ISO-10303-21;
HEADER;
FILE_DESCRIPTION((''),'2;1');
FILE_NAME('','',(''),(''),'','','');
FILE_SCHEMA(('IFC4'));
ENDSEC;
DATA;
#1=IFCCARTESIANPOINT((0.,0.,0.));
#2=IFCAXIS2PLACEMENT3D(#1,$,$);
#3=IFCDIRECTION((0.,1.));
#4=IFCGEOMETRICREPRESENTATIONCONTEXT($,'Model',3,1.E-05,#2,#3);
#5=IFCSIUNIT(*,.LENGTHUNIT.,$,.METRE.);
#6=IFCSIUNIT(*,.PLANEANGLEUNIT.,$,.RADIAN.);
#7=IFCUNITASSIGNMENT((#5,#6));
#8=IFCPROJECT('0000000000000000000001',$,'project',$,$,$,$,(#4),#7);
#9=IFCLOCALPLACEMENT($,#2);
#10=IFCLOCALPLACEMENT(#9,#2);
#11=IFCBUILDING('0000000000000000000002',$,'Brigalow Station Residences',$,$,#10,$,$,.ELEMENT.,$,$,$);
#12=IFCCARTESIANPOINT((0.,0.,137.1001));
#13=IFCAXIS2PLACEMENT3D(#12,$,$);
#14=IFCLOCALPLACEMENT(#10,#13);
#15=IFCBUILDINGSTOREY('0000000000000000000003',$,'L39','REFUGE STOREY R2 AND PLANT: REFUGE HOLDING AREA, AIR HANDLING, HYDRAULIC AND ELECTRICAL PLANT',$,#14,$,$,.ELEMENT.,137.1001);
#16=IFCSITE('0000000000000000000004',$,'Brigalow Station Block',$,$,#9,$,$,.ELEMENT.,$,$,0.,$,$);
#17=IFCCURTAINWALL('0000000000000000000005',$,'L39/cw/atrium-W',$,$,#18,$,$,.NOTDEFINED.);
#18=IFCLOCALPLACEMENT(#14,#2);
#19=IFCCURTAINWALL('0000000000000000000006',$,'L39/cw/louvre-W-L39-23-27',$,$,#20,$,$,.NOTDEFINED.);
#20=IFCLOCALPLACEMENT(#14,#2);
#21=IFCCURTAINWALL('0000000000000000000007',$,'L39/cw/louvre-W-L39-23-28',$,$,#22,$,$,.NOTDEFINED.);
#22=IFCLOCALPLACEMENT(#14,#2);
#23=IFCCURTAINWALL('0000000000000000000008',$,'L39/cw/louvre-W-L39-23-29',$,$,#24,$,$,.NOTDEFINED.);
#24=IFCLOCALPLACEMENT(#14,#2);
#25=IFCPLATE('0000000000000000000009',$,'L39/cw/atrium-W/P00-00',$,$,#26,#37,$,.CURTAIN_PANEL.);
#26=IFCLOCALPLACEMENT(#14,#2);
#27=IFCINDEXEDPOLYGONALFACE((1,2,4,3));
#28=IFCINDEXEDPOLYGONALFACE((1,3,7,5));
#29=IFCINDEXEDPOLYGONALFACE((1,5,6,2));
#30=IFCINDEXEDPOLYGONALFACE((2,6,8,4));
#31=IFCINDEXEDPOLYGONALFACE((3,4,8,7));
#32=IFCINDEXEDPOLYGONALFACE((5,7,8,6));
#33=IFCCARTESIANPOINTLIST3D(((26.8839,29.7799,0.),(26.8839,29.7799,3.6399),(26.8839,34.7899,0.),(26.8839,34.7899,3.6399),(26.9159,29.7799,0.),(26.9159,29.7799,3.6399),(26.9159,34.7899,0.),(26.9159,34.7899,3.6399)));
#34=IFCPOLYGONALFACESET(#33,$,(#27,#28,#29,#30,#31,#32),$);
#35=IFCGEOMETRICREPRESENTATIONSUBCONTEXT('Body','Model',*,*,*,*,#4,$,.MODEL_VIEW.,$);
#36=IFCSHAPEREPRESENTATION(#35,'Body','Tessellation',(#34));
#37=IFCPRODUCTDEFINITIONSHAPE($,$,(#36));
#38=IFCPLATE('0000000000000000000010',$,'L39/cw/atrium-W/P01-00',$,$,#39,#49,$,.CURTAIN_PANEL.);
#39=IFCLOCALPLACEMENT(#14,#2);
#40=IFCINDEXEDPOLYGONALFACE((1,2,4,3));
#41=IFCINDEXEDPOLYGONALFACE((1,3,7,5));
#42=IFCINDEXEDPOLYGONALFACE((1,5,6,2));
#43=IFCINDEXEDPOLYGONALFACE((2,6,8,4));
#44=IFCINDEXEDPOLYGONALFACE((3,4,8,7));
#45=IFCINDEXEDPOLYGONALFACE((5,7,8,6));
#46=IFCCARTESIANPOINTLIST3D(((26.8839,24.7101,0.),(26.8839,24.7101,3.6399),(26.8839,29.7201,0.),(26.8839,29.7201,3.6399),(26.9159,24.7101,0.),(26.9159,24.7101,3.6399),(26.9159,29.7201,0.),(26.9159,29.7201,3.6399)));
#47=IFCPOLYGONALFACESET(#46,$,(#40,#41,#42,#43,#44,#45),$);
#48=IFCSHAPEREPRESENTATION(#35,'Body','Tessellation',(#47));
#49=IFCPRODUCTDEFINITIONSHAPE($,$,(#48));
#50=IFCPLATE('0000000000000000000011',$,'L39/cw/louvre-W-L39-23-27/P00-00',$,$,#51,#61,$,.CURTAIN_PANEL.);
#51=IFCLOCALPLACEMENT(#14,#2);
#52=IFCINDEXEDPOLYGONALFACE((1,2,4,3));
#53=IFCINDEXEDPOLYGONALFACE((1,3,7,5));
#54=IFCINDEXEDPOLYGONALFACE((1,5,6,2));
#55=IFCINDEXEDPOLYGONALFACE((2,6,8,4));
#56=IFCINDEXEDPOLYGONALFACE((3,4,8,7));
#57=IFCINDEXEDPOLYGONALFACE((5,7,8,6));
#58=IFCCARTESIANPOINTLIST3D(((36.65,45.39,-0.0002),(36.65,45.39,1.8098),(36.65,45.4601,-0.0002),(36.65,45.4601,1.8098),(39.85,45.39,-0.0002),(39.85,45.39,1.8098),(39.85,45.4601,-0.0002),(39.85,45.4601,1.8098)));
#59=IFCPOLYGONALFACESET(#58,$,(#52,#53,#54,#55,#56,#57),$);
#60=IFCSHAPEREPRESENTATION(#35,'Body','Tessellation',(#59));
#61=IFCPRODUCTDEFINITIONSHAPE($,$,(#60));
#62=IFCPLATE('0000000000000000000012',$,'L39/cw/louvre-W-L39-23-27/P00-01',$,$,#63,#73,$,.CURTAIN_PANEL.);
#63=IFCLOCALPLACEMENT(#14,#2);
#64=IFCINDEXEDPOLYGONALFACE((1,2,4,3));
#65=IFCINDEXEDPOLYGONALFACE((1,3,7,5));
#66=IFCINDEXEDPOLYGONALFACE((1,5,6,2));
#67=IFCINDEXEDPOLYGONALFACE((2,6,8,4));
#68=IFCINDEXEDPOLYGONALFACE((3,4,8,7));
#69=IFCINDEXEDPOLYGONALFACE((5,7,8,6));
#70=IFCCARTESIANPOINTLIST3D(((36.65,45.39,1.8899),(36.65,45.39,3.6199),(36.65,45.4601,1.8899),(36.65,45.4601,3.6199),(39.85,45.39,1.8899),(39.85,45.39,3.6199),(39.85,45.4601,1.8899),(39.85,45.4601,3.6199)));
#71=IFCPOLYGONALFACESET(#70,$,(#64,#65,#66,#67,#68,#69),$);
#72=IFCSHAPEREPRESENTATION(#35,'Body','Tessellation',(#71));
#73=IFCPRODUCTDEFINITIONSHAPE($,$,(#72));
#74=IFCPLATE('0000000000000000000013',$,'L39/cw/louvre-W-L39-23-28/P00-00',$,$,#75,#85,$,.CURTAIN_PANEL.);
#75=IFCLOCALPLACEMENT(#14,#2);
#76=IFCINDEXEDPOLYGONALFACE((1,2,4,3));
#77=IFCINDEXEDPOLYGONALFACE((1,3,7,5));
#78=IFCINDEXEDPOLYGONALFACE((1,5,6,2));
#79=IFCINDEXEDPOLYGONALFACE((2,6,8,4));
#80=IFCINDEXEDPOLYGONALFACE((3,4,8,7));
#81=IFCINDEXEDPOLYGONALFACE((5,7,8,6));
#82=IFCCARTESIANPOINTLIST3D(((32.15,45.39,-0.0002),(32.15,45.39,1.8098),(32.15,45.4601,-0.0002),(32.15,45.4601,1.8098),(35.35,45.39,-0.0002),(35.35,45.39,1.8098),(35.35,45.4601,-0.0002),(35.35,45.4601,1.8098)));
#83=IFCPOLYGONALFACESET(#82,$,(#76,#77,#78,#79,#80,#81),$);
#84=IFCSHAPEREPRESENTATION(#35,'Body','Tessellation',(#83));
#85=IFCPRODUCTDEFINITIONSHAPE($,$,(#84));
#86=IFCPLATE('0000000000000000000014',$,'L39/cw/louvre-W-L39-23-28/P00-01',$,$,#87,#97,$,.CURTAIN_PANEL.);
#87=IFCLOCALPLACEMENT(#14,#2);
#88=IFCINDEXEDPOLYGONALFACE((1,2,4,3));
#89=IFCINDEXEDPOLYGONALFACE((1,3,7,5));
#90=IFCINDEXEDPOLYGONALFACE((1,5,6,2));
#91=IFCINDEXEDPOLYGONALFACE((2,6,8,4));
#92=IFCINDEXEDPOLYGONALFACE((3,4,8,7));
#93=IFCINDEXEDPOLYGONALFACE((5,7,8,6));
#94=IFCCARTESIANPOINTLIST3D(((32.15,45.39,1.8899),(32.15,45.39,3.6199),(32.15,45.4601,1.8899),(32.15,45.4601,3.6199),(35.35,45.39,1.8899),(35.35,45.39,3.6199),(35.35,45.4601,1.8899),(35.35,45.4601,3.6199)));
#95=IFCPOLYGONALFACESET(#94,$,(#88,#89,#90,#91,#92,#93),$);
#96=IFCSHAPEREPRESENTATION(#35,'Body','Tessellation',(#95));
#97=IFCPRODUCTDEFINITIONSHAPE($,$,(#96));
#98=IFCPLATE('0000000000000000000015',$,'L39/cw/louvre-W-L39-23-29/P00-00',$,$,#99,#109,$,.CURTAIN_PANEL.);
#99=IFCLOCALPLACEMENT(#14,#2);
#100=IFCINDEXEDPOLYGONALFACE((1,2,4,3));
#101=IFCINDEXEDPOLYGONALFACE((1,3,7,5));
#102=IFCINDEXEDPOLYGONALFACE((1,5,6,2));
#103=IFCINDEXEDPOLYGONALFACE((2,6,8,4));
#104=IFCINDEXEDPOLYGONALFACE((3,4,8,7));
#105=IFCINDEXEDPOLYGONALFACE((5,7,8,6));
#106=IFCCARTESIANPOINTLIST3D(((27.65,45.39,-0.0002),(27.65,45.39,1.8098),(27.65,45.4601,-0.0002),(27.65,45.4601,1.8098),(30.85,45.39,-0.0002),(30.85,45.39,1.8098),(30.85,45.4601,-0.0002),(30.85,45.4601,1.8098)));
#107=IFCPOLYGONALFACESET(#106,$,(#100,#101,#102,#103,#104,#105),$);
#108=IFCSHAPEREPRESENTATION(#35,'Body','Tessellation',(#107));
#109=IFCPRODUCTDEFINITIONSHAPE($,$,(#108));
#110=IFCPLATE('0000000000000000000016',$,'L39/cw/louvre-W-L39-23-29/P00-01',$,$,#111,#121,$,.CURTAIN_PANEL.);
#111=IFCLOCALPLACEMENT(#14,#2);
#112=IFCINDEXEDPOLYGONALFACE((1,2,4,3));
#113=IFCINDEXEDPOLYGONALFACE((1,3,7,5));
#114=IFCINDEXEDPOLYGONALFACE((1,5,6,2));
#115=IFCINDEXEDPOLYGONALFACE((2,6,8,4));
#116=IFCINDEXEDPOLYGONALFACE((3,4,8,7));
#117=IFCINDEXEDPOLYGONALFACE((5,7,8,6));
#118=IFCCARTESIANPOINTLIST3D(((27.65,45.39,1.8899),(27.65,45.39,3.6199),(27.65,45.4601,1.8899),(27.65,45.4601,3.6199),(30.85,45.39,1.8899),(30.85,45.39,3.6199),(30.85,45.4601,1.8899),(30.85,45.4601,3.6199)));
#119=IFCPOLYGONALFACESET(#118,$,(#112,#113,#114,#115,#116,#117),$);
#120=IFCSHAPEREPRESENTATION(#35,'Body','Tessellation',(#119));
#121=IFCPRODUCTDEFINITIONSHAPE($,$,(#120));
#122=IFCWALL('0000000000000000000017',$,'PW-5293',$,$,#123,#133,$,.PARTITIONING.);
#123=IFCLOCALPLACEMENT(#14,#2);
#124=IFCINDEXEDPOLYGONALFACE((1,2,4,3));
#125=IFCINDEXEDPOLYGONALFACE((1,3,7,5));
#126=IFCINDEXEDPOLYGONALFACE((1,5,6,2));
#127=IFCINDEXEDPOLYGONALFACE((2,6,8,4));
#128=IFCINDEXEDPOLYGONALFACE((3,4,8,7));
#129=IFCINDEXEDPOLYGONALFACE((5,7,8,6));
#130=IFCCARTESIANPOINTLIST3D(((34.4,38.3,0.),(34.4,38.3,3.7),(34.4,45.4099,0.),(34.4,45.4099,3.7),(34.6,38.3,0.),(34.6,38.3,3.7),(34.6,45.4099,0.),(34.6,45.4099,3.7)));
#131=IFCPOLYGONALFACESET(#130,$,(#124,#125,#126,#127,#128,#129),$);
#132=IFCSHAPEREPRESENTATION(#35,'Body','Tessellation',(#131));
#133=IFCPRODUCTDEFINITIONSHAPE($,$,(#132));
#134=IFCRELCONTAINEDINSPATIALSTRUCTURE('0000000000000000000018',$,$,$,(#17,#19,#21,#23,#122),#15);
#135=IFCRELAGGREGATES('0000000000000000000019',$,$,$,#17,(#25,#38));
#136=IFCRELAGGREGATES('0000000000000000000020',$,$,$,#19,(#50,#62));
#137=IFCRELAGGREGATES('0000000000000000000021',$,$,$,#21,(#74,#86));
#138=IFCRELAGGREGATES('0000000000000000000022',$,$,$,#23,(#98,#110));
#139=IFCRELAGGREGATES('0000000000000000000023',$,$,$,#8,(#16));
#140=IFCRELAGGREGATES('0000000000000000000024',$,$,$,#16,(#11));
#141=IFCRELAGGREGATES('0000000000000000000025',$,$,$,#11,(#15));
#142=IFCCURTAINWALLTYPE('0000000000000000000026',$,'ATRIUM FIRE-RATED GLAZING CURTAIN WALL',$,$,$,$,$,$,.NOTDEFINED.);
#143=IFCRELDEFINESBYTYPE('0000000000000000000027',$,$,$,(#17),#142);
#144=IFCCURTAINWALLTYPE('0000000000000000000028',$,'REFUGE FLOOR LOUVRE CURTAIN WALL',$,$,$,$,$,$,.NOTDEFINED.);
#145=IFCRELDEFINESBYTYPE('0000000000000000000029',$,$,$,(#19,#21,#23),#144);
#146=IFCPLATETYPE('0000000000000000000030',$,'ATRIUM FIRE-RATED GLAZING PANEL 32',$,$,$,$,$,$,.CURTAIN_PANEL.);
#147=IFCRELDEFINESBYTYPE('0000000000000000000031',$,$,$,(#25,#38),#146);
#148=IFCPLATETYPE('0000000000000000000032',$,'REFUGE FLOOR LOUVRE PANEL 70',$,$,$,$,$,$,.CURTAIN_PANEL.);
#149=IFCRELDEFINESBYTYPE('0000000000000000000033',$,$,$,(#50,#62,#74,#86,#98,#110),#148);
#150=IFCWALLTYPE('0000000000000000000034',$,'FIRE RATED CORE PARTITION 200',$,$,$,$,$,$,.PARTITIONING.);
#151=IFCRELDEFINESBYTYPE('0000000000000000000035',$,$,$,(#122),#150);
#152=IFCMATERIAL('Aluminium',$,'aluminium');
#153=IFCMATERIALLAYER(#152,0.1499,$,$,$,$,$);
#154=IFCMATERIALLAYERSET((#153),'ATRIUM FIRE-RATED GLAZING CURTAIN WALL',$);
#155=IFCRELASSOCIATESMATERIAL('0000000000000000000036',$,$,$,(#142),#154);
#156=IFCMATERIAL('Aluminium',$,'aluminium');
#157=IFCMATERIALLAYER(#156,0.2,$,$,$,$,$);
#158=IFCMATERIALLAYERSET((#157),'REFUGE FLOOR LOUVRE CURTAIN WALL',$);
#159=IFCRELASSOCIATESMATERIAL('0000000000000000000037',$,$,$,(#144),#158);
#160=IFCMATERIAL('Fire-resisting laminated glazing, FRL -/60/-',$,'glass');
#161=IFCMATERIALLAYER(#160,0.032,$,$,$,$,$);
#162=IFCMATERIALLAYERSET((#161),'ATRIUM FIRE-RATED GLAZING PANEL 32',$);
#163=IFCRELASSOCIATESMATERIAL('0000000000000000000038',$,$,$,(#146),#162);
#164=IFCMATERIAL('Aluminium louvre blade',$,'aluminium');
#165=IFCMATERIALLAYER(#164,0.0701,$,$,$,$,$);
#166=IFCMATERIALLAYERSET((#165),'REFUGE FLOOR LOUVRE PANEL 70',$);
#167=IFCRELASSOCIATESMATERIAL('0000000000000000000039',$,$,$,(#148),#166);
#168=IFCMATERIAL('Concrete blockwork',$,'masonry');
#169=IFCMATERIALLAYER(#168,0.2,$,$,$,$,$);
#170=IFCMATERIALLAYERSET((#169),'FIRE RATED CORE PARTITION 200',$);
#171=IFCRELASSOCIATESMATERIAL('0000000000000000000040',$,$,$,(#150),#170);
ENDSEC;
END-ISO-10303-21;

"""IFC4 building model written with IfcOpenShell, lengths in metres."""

from ifc_helpers import new_model, si_unit, direction, frame, frame_2d, origin, origin_2d, place, context, subcontext, project, spatial, rectangle, extrude, material, layer, layer_set, type_object, element, aggregate, save


model = new_model("IFC4")

# Units and contexts
model_context = context("Model", 3, precision=1e-05, world=origin(), true_north=direction((0.0, 1.0)))
body_context = subcontext(model_context, "Body", "Model", "MODEL_VIEW")
ifc_project = project(units=[si_unit("LENGTHUNIT", "METRE"), si_unit("PLANEANGLEUNIT", "RADIAN")], contexts=[model_context])

# Site, building, storey
site_placement = place(None, origin())
site = spatial("IfcSite", under=ifc_project, at=site_placement, Name="Brigalow Station Block", CompositionType="ELEMENT", RefElevation=0.0)
building_placement = place(site_placement, origin())
building = spatial("IfcBuilding", under=site, at=building_placement, Name="Brigalow Station Residences", CompositionType="ELEMENT")
storey_placement = place(building_placement, frame((0.0, 0.0, 137.1001)))
storey = spatial("IfcBuildingStorey", under=building, at=storey_placement, Name="L39", Description="REFUGE STOREY R2 AND PLANT: REFUGE HOLDING AREA, AIR HANDLING, HYDRAULIC AND ELECTRICAL PLANT", CompositionType="ELEMENT", Elevation=137.1001)

# Curtain wall
ifc_material_1 = material(Name="Aluminium", Category="aluminium")
ifc_layer_1 = layer(ifc_material_1, 0.1499)
ifc_layer_set_1 = layer_set([ifc_layer_1], Name="ATRIUM FIRE-RATED GLAZING CURTAIN WALL")
curtain_wall_type_1 = type_object("IfcCurtainWallType", Name="ATRIUM FIRE-RATED GLAZING CURTAIN WALL", PredefinedType="NOTDEFINED", material=ifc_layer_set_1)
curtain_wall_1_placement = place(storey_placement, origin())
curtain_wall_1 = element("IfcCurtainWall", 1, at=curtain_wall_1_placement, inside=storey, type_object=curtain_wall_type_1, Name="L39/cw/atrium-W", PredefinedType="NOTDEFINED")

# Curtain wall
ifc_material_2 = material(Name="Aluminium", Category="aluminium")
ifc_layer_2 = layer(ifc_material_2, 0.2)
ifc_layer_set_2 = layer_set([ifc_layer_2], Name="REFUGE FLOOR LOUVRE CURTAIN WALL")
curtain_wall_type_2 = type_object("IfcCurtainWallType", Name="REFUGE FLOOR LOUVRE CURTAIN WALL", PredefinedType="NOTDEFINED", material=ifc_layer_set_2)
curtain_wall_2_placement = place(storey_placement, origin())
curtain_wall_2 = element("IfcCurtainWall", 2, at=curtain_wall_2_placement, inside=storey, type_object=curtain_wall_type_2, Name="L39/cw/louvre-W-L39-23-27", PredefinedType="NOTDEFINED")

# Curtain walls
curtain_wall_3_placement = place(storey_placement, origin())
curtain_wall_3 = element("IfcCurtainWall", 3, at=curtain_wall_3_placement, inside=storey, type_object=curtain_wall_type_2, Name="L39/cw/louvre-W-L39-23-28", PredefinedType="NOTDEFINED")
curtain_wall_4_placement = place(storey_placement, origin())
curtain_wall_4 = element("IfcCurtainWall", 4, at=curtain_wall_4_placement, inside=storey, type_object=curtain_wall_type_2, Name="L39/cw/louvre-W-L39-23-29", PredefinedType="NOTDEFINED")

# Plates
ifc_material_3 = material(Name="Fire-resisting laminated glazing, FRL -/60/-", Category="glass")
ifc_layer_3 = layer(ifc_material_3, 0.032)
ifc_layer_set_3 = layer_set([ifc_layer_3], Name="ATRIUM FIRE-RATED GLAZING PANEL 32")
plate_type_1 = type_object("IfcPlateType", Name="ATRIUM FIRE-RATED GLAZING PANEL 32", PredefinedType="CURTAIN_PANEL", material=ifc_layer_set_3)
plate_1_placement = place(storey_placement, frame((26.8999, 32.2849, 0.0), z_axis=(0.0, 0.0, 1.0), x_axis=(0.0, -1.0, 0.0)))
plate_1 = element("IfcPlate", 5, at=plate_1_placement, type_object=plate_type_1, Name="L39/cw/atrium-W/P00-00", PredefinedType="CURTAIN_PANEL", context=body_context, shape_type="SweptSolid", body=[
    extrude(rectangle(XDim=5.01, YDim=0.032, at=origin_2d()), origin(), (0.0, 0.0, 1.0), 3.6399),
])
plate_2_placement = place(storey_placement, frame((26.8999, 27.2151, 0.0), z_axis=(0.0, 0.0, 1.0), x_axis=(0.0, -1.0, 0.0)))
plate_2 = element("IfcPlate", 6, at=plate_2_placement, type_object=plate_type_1, Name="L39/cw/atrium-W/P01-00", PredefinedType="CURTAIN_PANEL", context=body_context, shape_type="SweptSolid", body=[
    extrude(rectangle(XDim=5.01, YDim=0.032, at=origin_2d()), origin(), (0.0, 0.0, 1.0), 3.6399),
])
aggregate(curtain_wall_1, [plate_1, plate_2])
ifc_material_4 = material(Name="Aluminium louvre blade", Category="aluminium")
ifc_layer_4 = layer(ifc_material_4, 0.0701)
ifc_layer_set_4 = layer_set([ifc_layer_4], Name="REFUGE FLOOR LOUVRE PANEL 70")
plate_type_2 = type_object("IfcPlateType", Name="REFUGE FLOOR LOUVRE PANEL 70", PredefinedType="CURTAIN_PANEL", material=ifc_layer_set_4)
plate_3_placement = place(storey_placement, frame((38.25, 45.425, -0.0002), z_axis=(0.0, 0.0, 1.0), x_axis=(-1.0, 0.0, 0.0)))
plate_3 = element("IfcPlate", 7, at=plate_3_placement, type_object=plate_type_2, Name="L39/cw/louvre-W-L39-23-27/P00-00", PredefinedType="CURTAIN_PANEL", context=body_context, shape_type="SweptSolid", body=[
    extrude(rectangle(XDim=3.2, YDim=0.0701, at=origin_2d()), origin(), (0.0, 0.0, 1.0), 1.8101),
])
plate_4_placement = place(storey_placement, frame((38.25, 45.425, 1.8899), z_axis=(0.0, 0.0, 1.0), x_axis=(-1.0, 0.0, 0.0)))
plate_4 = element("IfcPlate", 8, at=plate_4_placement, type_object=plate_type_2, Name="L39/cw/louvre-W-L39-23-27/P00-01", PredefinedType="CURTAIN_PANEL", context=body_context, shape_type="SweptSolid", body=[
    extrude(rectangle(XDim=3.2, YDim=0.0701, at=origin_2d()), origin(), (0.0, 0.0, 1.0), 1.73),
])
aggregate(curtain_wall_2, [plate_3, plate_4])
plate_5_placement = place(storey_placement, frame((33.75, 45.425, -0.0002), z_axis=(0.0, 0.0, 1.0), x_axis=(-1.0, 0.0, 0.0)))
plate_5 = element("IfcPlate", 9, at=plate_5_placement, type_object=plate_type_2, Name="L39/cw/louvre-W-L39-23-28/P00-00", PredefinedType="CURTAIN_PANEL", context=body_context, shape_type="SweptSolid", body=[
    extrude(rectangle(XDim=3.2, YDim=0.0701, at=origin_2d()), origin(), (0.0, 0.0, 1.0), 1.8101),
])
plate_6_placement = place(storey_placement, frame((33.75, 45.425, 1.8899), z_axis=(0.0, 0.0, 1.0), x_axis=(-1.0, 0.0, 0.0)))
plate_6 = element("IfcPlate", 10, at=plate_6_placement, type_object=plate_type_2, Name="L39/cw/louvre-W-L39-23-28/P00-01", PredefinedType="CURTAIN_PANEL", context=body_context, shape_type="SweptSolid", body=[
    extrude(rectangle(XDim=3.2, YDim=0.0701, at=origin_2d()), origin(), (0.0, 0.0, 1.0), 1.73),
])
aggregate(curtain_wall_3, [plate_5, plate_6])
plate_7_placement = place(storey_placement, frame((29.25, 45.425, -0.0002), z_axis=(0.0, 0.0, 1.0), x_axis=(-1.0, 0.0, 0.0)))
plate_7 = element("IfcPlate", 11, at=plate_7_placement, type_object=plate_type_2, Name="L39/cw/louvre-W-L39-23-29/P00-00", PredefinedType="CURTAIN_PANEL", context=body_context, shape_type="SweptSolid", body=[
    extrude(rectangle(XDim=3.2, YDim=0.0701, at=origin_2d()), origin(), (0.0, 0.0, 1.0), 1.8101),
])
plate_8_placement = place(storey_placement, frame((29.25, 45.425, 1.8899), z_axis=(0.0, 0.0, 1.0), x_axis=(-1.0, 0.0, 0.0)))
plate_8 = element("IfcPlate", 12, at=plate_8_placement, type_object=plate_type_2, Name="L39/cw/louvre-W-L39-23-29/P00-01", PredefinedType="CURTAIN_PANEL", context=body_context, shape_type="SweptSolid", body=[
    extrude(rectangle(XDim=3.2, YDim=0.0701, at=origin_2d()), origin(), (0.0, 0.0, 1.0), 1.73),
])
aggregate(curtain_wall_4, [plate_7, plate_8])

# Wall
ifc_material_5 = material(Name="Concrete blockwork", Category="masonry")
ifc_layer_5 = layer(ifc_material_5, 0.2)
ifc_layer_set_5 = layer_set([ifc_layer_5], Name="FIRE RATED CORE PARTITION 200")
wall_type = type_object("IfcWallType", Name="FIRE RATED CORE PARTITION 200", PredefinedType="PARTITIONING", material=ifc_layer_set_5)
wall_placement = place(storey_placement, frame((34.5, 38.3, 0.0), z_axis=(0.0, 0.0, 1.0), x_axis=(0.0, 1.0, 0.0)))
element("IfcWall", 13, at=wall_placement, inside=storey, type_object=wall_type, Name="PW-5293", PredefinedType="PARTITIONING", context=body_context, shape_type="SweptSolid", body=[
    extrude(rectangle(XDim=7.1099, YDim=0.2, at=frame_2d((3.5549, 0.0))), origin(), (0.0, 0.0, 1.0), 3.7),
])

save(model, "model.ifc")
